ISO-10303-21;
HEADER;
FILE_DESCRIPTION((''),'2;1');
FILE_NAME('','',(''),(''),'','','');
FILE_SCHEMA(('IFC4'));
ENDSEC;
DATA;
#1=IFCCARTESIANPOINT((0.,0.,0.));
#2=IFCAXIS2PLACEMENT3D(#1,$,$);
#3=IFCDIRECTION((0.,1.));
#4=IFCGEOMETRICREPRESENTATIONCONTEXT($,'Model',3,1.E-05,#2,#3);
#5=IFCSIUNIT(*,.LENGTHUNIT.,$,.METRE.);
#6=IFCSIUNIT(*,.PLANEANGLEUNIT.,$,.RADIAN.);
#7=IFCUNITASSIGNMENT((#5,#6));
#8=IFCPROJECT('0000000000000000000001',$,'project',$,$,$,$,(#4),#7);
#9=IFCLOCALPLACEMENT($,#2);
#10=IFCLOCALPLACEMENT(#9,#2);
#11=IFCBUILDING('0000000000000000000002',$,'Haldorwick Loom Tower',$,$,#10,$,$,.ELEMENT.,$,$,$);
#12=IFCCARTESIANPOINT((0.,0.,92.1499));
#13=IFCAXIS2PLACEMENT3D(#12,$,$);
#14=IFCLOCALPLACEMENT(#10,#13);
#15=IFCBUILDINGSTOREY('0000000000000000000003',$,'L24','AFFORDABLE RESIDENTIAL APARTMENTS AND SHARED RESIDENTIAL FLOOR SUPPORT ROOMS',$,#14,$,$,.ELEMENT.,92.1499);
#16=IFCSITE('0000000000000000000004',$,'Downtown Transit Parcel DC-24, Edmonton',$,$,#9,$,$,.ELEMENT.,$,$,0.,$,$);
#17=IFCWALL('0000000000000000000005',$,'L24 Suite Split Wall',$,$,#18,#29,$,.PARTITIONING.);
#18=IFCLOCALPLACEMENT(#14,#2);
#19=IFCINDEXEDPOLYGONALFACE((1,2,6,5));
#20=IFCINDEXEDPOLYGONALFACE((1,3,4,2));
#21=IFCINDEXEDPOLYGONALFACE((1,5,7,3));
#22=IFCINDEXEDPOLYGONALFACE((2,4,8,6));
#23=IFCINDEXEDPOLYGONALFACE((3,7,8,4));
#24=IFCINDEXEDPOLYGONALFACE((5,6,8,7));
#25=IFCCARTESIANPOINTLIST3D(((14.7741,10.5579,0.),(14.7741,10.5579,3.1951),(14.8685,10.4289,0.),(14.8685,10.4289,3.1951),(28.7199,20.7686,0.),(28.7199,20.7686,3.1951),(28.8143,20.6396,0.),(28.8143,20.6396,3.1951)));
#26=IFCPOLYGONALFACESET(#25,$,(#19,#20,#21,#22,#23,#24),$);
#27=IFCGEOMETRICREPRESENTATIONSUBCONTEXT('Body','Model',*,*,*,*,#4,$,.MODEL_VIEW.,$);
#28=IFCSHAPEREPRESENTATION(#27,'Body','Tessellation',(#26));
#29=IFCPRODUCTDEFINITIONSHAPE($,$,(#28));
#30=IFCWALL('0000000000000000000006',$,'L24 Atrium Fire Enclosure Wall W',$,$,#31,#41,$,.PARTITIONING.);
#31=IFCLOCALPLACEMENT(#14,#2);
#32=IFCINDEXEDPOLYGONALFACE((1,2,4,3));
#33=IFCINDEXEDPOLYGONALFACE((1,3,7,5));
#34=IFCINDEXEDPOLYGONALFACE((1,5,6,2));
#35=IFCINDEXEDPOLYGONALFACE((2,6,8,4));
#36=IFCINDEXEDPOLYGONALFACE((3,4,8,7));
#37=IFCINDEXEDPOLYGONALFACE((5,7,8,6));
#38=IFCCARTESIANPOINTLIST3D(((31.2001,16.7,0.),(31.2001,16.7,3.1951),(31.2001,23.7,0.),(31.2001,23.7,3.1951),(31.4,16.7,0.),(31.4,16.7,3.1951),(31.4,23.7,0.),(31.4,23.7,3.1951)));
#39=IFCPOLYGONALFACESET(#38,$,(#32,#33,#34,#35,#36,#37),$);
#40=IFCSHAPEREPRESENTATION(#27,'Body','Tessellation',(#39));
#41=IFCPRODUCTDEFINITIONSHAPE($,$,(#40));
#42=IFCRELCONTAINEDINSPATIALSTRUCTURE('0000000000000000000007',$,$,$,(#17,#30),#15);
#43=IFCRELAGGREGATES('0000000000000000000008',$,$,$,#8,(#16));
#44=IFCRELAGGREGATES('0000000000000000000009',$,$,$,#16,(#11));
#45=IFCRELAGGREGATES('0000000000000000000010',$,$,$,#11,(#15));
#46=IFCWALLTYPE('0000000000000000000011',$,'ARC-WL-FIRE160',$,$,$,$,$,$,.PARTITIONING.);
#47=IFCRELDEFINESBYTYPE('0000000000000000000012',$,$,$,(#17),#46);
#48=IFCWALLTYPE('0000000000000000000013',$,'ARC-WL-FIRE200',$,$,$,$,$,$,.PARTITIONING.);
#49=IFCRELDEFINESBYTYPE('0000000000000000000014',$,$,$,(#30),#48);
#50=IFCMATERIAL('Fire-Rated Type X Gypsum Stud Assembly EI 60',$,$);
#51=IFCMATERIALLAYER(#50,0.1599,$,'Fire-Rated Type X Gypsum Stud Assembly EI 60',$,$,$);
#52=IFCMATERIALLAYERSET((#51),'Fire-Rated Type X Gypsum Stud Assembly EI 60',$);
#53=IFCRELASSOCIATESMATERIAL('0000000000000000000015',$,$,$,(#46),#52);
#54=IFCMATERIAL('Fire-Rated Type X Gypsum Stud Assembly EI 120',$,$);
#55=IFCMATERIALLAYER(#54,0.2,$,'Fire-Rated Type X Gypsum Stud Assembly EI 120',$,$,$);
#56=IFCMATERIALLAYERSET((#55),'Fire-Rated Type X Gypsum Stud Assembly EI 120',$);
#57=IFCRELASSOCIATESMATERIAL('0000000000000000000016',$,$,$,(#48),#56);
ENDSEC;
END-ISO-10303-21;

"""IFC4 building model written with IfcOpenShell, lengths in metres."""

from ifc_helpers import new_model, si_unit, direction, frame, frame_2d, origin, place, context, subcontext, project, spatial, rectangle, extrude, material, layer, layer_set, type_object, element, save


model = new_model("IFC4")

# Units and contexts
model_context = context("Model", 3, precision=1e-05, world=origin(), true_north=direction((0.0, 1.0)))
body_context = subcontext(model_context, "Body", "Model", "MODEL_VIEW")
ifc_project = project(units=[si_unit("LENGTHUNIT", "METRE"), si_unit("PLANEANGLEUNIT", "RADIAN")], contexts=[model_context])

# Site, building, storey
site_placement = place(None, origin())
site = spatial("IfcSite", under=ifc_project, at=site_placement, Name="Downtown Transit Parcel DC-24, Edmonton", CompositionType="ELEMENT", RefElevation=0.0)
building_placement = place(site_placement, origin())
building = spatial("IfcBuilding", under=site, at=building_placement, Name="Haldorwick Loom Tower", CompositionType="ELEMENT")
storey_placement = place(building_placement, frame((0.0, 0.0, 92.1499)))
storey = spatial("IfcBuildingStorey", under=building, at=storey_placement, Name="L24", Description="AFFORDABLE RESIDENTIAL APARTMENTS AND SHARED RESIDENTIAL FLOOR SUPPORT ROOMS", CompositionType="ELEMENT", Elevation=92.1499)

# Shared definitions
ifc_material_1 = material(Name="Fire-Rated Type X Gypsum Stud Assembly EI 60")
ifc_layer_1 = layer(ifc_material_1, 0.1599, Name="Fire-Rated Type X Gypsum Stud Assembly EI 60")
ifc_layer_set_1 = layer_set([ifc_layer_1], Name="Fire-Rated Type X Gypsum Stud Assembly EI 60")
wall_type_1 = type_object("IfcWallType", Name="ARC-WL-FIRE160", PredefinedType="PARTITIONING", material=ifc_layer_set_1)

# Walls
wall_1_placement = place(storey_placement, frame((28.7671, 20.7041, 0.0), z_axis=(0.0, 0.0, 1.0), x_axis=(-0.806852, -0.590753, 0.0)))
element("IfcWall", 1, at=wall_1_placement, inside=storey, type_object=wall_type_1, Name="L24 Suite Split Wall", PredefinedType="PARTITIONING", context=body_context, shape_type="SweptSolid", body=[
    extrude(rectangle(XDim=17.2842, YDim=0.1599, at=frame_2d((8.6421, 0.0))), origin(), (0.0, 0.0, 1.0), 3.1951),
])
ifc_material_2 = material(Name="Fire-Rated Type X Gypsum Stud Assembly EI 120")
ifc_layer_2 = layer(ifc_material_2, 0.2, Name="Fire-Rated Type X Gypsum Stud Assembly EI 120")
ifc_layer_set_2 = layer_set([ifc_layer_2], Name="Fire-Rated Type X Gypsum Stud Assembly EI 120")
wall_type_2 = type_object("IfcWallType", Name="ARC-WL-FIRE200", PredefinedType="PARTITIONING", material=ifc_layer_set_2)
wall_2_placement = place(storey_placement, frame((31.3, 16.7, 0.0), z_axis=(0.0, 0.0, 1.0), x_axis=(0.0, 1.0, 0.0)))
element("IfcWall", 2, at=wall_2_placement, inside=storey, type_object=wall_type_2, Name="L24 Atrium Fire Enclosure Wall W", PredefinedType="PARTITIONING", context=body_context, shape_type="SweptSolid", body=[
    extrude(rectangle(XDim=7.0, YDim=0.2, at=frame_2d((3.5, 0.0))), origin(), (0.0, 0.0, 1.0), 3.1951),
])

save(model, "model.ifc")
